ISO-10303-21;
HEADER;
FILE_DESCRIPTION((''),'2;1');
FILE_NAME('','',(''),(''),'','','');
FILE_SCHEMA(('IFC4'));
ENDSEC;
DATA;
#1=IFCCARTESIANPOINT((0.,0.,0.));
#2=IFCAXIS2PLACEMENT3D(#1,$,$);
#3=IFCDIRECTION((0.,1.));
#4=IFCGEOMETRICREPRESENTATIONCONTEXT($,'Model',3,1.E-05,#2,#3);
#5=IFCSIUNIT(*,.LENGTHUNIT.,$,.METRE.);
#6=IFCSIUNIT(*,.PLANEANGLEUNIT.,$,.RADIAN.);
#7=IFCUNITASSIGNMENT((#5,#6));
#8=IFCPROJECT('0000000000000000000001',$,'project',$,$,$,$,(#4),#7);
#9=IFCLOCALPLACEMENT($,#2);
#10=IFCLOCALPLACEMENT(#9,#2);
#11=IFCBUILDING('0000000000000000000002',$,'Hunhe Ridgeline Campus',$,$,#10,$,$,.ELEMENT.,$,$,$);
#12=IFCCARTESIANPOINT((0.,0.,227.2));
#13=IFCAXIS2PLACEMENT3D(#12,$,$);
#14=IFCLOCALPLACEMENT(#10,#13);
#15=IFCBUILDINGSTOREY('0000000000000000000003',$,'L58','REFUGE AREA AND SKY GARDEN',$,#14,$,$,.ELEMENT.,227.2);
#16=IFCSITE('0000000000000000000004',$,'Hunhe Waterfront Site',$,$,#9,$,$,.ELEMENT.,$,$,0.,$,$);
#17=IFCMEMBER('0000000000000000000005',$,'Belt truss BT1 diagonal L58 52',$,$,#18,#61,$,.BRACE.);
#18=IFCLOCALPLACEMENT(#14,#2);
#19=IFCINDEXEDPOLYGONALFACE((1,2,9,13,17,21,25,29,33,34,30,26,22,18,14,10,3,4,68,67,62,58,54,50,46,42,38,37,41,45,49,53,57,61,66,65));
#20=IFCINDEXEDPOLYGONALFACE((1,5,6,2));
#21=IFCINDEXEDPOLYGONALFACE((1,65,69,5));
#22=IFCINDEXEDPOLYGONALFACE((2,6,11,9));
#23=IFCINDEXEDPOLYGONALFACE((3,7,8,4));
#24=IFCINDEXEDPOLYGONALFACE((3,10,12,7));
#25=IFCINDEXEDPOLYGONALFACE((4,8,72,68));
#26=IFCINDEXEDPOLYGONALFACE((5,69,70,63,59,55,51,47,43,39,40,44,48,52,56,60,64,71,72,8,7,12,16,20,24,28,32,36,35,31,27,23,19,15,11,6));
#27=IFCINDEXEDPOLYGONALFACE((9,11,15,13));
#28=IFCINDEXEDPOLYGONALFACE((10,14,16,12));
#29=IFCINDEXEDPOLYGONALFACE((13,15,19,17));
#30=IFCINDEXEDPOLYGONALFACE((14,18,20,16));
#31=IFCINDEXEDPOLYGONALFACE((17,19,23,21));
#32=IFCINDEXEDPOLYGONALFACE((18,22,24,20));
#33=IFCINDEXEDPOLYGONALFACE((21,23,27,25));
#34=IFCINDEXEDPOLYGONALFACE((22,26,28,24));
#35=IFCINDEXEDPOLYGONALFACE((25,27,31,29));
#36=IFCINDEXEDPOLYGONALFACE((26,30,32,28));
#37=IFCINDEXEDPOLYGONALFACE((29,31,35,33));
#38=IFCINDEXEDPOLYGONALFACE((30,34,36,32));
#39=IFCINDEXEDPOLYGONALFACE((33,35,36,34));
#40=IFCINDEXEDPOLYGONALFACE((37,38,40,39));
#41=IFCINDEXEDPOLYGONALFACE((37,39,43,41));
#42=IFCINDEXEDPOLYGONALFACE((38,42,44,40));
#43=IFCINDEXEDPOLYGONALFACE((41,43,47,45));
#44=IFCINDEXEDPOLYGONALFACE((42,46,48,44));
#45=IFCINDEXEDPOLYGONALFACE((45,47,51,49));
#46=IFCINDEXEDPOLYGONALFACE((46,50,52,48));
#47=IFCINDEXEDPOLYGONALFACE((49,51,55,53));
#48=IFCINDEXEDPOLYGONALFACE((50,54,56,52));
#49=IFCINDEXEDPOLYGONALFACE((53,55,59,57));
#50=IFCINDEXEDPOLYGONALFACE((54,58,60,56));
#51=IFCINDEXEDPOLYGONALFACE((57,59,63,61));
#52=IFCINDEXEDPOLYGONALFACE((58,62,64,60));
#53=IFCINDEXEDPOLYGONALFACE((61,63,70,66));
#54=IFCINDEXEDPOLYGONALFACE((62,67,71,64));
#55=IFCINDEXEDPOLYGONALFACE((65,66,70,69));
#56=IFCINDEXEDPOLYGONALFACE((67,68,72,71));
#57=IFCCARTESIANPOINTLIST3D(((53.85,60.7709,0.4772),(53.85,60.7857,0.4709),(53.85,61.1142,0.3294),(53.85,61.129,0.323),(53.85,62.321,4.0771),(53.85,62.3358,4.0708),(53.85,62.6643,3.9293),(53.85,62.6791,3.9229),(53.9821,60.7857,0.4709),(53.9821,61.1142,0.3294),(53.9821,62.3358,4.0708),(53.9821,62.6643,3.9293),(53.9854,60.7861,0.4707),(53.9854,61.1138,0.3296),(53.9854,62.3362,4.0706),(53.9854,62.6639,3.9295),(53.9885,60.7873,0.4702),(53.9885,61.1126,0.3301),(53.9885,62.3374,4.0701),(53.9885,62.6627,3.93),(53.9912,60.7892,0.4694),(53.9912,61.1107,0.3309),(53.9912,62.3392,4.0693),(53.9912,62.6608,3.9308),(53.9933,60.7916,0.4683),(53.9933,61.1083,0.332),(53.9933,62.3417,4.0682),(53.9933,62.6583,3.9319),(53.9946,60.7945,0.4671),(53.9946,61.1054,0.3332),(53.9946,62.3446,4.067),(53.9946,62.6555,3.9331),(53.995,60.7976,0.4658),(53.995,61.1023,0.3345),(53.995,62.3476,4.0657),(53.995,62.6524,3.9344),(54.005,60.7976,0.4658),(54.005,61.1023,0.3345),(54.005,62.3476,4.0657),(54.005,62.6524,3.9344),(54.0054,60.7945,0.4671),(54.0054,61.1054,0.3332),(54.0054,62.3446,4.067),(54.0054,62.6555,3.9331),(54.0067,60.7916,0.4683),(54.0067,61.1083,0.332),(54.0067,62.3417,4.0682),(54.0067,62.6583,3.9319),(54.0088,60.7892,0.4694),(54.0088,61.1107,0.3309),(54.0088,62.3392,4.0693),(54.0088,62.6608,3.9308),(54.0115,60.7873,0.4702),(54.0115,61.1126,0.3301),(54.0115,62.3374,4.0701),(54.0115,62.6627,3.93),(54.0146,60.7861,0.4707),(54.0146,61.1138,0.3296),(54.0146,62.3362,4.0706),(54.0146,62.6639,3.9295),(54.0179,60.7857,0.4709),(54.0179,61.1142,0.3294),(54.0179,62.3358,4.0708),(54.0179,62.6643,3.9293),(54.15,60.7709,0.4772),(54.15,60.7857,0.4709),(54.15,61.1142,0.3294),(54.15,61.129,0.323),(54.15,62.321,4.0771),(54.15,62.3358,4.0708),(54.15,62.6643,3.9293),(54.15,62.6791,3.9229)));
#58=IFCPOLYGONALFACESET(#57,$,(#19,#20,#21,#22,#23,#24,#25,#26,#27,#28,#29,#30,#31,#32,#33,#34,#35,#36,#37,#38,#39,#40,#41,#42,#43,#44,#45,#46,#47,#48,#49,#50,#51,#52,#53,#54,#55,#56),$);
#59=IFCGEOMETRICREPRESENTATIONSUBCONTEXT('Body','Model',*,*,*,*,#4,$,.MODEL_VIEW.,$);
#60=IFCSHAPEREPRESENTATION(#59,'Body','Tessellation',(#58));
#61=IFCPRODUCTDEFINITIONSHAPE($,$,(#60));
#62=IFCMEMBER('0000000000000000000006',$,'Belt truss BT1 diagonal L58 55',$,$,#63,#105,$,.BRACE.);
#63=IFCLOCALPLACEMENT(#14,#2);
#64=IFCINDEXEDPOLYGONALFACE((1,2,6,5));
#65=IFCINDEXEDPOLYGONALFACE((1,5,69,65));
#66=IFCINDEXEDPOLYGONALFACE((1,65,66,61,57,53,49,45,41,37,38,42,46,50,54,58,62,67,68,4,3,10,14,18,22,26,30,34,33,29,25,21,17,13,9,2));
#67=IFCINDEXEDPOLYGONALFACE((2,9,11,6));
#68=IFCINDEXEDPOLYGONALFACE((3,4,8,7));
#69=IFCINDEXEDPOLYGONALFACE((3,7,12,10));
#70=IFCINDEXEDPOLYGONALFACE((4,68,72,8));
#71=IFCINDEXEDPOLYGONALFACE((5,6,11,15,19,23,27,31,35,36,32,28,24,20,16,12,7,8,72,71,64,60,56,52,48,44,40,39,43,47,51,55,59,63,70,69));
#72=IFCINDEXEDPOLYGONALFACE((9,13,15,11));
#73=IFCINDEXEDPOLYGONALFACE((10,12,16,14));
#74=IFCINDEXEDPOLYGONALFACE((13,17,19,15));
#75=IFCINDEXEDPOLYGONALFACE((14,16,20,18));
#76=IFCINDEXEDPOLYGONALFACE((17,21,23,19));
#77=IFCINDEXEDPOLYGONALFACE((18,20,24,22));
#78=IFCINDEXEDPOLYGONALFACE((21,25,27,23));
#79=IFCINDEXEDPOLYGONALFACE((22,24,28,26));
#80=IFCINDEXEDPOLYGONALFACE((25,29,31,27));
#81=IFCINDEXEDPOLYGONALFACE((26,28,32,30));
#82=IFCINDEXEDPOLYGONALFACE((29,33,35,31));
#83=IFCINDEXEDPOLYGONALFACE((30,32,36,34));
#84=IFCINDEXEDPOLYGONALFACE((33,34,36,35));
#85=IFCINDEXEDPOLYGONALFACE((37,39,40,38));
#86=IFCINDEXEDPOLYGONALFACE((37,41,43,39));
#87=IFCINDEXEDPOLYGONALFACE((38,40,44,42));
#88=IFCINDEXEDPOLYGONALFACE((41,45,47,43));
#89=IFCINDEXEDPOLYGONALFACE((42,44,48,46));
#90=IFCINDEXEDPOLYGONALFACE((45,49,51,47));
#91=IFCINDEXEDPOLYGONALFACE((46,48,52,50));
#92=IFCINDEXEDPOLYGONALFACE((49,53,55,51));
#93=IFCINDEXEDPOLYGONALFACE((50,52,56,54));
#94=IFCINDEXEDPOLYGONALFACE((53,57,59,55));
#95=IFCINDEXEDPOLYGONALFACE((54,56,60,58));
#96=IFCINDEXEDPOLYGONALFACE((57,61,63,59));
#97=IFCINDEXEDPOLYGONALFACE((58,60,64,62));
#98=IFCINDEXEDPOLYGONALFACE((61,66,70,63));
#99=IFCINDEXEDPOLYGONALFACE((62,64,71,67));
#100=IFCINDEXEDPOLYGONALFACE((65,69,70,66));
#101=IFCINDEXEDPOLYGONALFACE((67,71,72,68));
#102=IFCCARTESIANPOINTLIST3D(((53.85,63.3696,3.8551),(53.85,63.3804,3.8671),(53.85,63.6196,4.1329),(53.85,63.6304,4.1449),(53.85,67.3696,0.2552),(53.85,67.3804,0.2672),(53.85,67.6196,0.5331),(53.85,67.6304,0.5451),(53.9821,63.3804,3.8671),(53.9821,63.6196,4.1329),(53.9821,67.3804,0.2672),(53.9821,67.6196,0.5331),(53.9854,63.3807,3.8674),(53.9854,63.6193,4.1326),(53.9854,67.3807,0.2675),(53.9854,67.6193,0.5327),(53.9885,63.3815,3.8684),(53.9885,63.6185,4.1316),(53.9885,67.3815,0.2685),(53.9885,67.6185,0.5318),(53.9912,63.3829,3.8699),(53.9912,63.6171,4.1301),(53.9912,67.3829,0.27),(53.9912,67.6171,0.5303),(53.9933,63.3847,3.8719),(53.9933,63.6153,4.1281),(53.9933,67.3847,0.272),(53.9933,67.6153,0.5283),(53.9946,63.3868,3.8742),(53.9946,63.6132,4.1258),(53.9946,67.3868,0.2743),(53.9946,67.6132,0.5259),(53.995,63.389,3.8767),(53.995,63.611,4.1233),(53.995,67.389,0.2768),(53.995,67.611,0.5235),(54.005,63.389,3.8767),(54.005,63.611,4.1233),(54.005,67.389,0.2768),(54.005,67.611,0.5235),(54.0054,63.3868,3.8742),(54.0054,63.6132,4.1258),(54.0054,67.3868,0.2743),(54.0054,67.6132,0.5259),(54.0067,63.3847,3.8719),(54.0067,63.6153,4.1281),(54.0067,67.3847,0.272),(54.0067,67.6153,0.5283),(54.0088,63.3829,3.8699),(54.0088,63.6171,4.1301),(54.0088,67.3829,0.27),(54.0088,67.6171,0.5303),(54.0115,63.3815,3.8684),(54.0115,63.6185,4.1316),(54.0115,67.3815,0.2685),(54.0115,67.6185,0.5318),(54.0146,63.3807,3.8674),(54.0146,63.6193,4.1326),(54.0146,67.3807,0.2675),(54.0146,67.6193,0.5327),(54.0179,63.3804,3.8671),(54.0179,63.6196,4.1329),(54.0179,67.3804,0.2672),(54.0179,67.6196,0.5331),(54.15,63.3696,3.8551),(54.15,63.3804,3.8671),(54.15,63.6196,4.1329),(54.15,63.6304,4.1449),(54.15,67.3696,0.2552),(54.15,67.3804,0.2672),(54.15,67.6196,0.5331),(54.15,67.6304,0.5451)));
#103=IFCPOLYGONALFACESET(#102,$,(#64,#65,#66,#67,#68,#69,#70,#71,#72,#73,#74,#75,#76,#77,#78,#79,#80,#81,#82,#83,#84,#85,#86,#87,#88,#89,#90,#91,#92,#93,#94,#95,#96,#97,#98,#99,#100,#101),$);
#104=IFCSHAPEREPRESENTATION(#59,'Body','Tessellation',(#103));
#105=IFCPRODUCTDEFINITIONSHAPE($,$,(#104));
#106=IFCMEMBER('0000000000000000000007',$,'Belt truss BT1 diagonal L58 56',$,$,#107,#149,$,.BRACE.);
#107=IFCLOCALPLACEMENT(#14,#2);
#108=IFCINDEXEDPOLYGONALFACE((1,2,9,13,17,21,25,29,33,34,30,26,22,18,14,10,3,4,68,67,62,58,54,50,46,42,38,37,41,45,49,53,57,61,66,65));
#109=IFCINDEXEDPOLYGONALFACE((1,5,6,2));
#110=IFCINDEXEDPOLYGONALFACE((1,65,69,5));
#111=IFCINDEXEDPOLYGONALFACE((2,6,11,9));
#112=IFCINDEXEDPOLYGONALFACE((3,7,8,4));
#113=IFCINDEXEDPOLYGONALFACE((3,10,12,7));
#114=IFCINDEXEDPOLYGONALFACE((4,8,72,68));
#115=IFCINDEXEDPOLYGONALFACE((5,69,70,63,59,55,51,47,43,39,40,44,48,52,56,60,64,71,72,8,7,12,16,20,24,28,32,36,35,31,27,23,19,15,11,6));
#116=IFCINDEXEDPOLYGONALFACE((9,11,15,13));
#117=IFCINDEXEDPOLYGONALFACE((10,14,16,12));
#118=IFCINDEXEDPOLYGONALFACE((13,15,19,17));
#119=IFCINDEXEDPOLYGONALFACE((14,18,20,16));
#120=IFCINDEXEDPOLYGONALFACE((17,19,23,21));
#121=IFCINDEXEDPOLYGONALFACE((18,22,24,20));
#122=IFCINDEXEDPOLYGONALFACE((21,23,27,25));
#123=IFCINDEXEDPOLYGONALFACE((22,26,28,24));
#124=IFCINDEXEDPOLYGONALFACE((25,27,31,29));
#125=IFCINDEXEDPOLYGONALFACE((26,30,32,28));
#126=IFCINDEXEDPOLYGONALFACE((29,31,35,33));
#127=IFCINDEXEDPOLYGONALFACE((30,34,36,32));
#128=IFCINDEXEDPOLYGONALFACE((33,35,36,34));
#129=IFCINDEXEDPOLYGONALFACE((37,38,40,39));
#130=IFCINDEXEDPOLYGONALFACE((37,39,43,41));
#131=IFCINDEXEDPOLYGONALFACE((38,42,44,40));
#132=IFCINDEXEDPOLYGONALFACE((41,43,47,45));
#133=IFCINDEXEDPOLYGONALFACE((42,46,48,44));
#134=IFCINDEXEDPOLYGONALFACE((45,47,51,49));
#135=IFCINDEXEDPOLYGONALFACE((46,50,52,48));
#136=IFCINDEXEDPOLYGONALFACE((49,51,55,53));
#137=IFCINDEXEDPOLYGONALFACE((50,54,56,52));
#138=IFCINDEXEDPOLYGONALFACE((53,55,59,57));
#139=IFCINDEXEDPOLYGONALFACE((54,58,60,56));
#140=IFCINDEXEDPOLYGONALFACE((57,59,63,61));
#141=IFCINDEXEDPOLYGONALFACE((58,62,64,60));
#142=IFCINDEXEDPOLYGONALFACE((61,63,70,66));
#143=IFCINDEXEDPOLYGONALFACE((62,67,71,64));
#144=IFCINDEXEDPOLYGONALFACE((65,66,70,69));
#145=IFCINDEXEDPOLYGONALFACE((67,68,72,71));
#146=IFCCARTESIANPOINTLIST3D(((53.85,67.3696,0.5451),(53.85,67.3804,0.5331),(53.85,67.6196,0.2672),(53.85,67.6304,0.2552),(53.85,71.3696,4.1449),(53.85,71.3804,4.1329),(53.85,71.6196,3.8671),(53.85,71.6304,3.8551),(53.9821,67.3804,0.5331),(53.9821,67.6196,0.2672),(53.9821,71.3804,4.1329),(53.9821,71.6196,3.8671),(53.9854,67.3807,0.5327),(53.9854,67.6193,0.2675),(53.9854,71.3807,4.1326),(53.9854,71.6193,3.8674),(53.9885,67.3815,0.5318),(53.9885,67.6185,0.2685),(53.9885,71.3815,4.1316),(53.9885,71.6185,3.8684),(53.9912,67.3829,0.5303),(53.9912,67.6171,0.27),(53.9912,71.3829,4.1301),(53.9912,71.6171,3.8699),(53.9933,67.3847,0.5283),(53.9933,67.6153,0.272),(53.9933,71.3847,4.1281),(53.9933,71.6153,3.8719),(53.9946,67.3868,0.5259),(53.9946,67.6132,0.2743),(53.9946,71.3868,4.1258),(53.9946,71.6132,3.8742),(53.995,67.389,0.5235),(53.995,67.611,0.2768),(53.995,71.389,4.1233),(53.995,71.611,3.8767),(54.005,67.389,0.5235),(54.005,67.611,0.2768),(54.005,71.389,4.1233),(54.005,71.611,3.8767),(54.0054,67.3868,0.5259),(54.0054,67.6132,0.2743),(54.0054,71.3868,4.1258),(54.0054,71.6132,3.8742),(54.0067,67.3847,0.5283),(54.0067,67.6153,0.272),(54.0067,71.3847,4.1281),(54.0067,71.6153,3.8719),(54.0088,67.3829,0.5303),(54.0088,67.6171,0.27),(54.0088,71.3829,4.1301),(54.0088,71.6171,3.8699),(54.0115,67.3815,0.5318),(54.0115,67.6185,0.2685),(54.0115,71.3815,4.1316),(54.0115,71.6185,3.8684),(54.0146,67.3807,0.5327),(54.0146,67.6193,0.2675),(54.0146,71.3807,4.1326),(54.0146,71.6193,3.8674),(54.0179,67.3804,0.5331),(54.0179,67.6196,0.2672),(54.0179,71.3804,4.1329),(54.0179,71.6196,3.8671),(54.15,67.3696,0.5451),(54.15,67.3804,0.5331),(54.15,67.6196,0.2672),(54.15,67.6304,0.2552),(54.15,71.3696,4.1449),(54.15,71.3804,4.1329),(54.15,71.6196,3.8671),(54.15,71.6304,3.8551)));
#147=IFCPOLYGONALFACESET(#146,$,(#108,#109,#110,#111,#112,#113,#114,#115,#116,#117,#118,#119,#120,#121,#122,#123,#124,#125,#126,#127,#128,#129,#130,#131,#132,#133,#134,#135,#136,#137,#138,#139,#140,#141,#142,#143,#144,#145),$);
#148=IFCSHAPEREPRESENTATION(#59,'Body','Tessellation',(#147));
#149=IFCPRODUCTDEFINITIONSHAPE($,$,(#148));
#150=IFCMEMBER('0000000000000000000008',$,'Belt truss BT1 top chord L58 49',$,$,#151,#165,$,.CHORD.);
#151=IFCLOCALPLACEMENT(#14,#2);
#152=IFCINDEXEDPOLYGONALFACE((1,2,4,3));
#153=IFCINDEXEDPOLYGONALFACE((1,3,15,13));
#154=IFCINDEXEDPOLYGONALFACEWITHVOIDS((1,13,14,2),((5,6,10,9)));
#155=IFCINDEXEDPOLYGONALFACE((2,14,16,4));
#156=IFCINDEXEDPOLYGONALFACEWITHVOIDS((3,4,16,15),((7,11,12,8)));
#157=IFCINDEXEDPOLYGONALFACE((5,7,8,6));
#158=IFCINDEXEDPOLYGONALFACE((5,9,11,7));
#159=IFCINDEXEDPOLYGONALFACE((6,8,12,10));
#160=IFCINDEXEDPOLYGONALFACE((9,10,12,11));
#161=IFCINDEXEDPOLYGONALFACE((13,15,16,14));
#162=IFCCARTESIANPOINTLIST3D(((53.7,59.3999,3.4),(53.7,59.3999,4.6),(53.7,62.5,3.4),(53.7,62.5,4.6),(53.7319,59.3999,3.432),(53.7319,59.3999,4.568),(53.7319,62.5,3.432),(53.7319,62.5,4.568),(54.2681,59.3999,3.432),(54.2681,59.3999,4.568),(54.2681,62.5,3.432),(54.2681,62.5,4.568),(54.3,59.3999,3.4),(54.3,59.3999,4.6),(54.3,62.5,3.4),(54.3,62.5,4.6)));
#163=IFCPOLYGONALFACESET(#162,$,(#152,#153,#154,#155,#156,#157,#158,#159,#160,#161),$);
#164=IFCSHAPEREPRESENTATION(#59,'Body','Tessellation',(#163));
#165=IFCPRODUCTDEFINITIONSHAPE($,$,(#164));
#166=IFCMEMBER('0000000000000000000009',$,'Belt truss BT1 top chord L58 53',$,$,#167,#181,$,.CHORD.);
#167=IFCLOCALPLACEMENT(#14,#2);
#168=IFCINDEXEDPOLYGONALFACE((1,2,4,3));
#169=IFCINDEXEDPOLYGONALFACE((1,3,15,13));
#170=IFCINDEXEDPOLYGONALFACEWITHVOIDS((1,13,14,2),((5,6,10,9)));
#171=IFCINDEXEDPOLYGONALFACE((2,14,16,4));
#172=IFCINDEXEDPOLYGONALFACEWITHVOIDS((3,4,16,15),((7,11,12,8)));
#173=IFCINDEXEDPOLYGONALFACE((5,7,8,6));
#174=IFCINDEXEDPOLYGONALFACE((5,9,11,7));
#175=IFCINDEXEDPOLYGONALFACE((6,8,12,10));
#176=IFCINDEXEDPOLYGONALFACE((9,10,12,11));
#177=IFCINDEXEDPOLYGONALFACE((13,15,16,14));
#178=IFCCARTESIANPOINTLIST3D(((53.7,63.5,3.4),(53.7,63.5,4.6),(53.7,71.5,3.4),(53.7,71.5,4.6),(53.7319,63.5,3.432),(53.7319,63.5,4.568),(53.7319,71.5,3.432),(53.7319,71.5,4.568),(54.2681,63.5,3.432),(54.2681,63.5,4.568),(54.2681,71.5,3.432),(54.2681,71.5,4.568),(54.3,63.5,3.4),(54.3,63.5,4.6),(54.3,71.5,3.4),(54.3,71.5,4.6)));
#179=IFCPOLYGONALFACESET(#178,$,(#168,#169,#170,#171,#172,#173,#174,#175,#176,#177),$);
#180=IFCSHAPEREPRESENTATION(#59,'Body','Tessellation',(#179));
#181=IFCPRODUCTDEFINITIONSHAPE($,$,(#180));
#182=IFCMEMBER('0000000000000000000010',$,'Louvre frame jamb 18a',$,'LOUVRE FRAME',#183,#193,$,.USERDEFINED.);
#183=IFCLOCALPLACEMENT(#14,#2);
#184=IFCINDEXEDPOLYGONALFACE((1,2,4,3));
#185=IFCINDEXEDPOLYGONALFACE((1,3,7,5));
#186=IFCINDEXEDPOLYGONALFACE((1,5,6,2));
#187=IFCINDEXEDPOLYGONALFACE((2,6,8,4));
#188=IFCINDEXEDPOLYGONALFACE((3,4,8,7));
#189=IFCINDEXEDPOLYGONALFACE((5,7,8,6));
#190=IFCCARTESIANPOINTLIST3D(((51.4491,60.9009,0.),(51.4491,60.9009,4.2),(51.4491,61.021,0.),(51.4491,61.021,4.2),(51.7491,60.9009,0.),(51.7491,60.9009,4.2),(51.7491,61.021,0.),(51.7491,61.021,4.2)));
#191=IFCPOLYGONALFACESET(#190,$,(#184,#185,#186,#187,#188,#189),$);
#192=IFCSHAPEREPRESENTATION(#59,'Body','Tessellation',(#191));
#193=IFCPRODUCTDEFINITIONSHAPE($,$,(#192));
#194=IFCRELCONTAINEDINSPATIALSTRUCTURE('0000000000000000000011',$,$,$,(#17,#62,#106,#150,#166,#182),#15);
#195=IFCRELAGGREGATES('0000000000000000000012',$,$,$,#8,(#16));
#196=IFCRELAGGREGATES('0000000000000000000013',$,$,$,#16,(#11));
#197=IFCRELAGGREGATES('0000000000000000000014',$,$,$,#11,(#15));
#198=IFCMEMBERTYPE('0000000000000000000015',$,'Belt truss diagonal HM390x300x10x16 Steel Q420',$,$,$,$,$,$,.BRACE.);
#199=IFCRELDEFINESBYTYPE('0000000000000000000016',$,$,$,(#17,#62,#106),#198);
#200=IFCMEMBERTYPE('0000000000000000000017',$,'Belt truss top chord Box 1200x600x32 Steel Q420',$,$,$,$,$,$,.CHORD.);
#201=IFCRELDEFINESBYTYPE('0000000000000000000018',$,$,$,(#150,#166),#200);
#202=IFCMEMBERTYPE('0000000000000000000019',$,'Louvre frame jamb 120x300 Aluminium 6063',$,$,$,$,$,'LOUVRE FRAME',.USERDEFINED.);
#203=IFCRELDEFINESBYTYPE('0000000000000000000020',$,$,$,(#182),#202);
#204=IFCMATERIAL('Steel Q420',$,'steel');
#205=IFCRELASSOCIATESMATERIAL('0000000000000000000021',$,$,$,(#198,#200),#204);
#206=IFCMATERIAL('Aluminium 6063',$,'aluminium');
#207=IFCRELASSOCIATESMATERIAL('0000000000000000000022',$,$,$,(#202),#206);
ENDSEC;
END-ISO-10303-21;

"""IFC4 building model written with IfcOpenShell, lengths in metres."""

from ifc_helpers import new_model, si_unit, direction, frame, origin, origin_2d, place, context, subcontext, project, spatial, rectangle, hollow_rectangle, i_section, extrude, material, material_profile, profile_set, type_object, element, save


model = new_model("IFC4")

# Units and contexts
model_context = context("Model", 3, precision=1e-05, world=origin(), true_north=direction((0.0, 1.0)))
body_context = subcontext(model_context, "Body", "Model", "MODEL_VIEW")
ifc_project = project(units=[si_unit("LENGTHUNIT", "METRE"), si_unit("PLANEANGLEUNIT", "RADIAN")], contexts=[model_context])

# Site, building, storey
site_placement = place(None, origin())
site = spatial("IfcSite", under=ifc_project, at=site_placement, Name="Hunhe Waterfront Site", CompositionType="ELEMENT", RefElevation=0.0)
building_placement = place(site_placement, origin())
building = spatial("IfcBuilding", under=site, at=building_placement, Name="Hunhe Ridgeline Campus", CompositionType="ELEMENT")
storey_placement = place(building_placement, frame((0.0, 0.0, 227.2)))
storey = spatial("IfcBuildingStorey", under=building, at=storey_placement, Name="L58", Description="REFUGE AREA AND SKY GARDEN", CompositionType="ELEMENT", Elevation=227.2)

# Members
ifc_material_1 = material(Name="Steel Q420", Category="steel")
ifc_material_profile_1 = material_profile(ifc_material_1, i_section(OverallWidth=0.3, OverallDepth=0.3899, WebThickness=0.01, FlangeThickness=0.0161, FilletRadius=0.0129, at=origin_2d()))
ifc_profile_set_1 = profile_set([ifc_material_profile_1], Name="Steel Q420")
member_type_1 = type_object("IfcMemberType", Name="Belt truss diagonal HM390x300x10x16 Steel Q420", PredefinedType="BRACE", material=ifc_profile_set_1)
for number, where, z_axis, x_axis, name in (
    (1, (54.0, 60.95, 0.4001), (0.0, 0.395482, 0.918474), (-1.0, 0.0, 0.0), "Belt truss BT1 diagonal L58 52"),
):
    element("IfcMember", number, at=place(storey_placement, frame(where, z_axis=z_axis, x_axis=x_axis)), inside=storey, type_object=member_type_1, Name=name, PredefinedType="BRACE", context=body_context, shape_type="SweptSolid", body=[
        extrude(i_section(OverallWidth=0.3, OverallDepth=0.3899, WebThickness=0.01, FlangeThickness=0.0161, FilletRadius=0.0129, at=origin_2d()), origin(), (0.0, 0.0, 1.0), 3.9194),
    ])
for number, where, z_axis, x_axis, name in (
    (2, (54.0, 63.5, 4.0), (0.0, 0.743308, -0.66895), (-1.0, 0.0, 0.0), "Belt truss BT1 diagonal L58 55"),
    (3, (54.0, 67.5, 0.4001), (0.0, 0.743308, 0.66895), (-1.0, 0.0, 0.0), "Belt truss BT1 diagonal L58 56"),
):
    element("IfcMember", number, at=place(storey_placement, frame(where, z_axis=z_axis, x_axis=x_axis)), inside=storey, type_object=member_type_1, Name=name, PredefinedType="BRACE", context=body_context, shape_type="SweptSolid", body=[
        extrude(i_section(OverallWidth=0.3, OverallDepth=0.3899, WebThickness=0.01, FlangeThickness=0.0161, FilletRadius=0.0129, at=origin_2d()), origin(), (0.0, 0.0, 1.0), 5.3813),
    ])
ifc_material_profile_2 = material_profile(ifc_material_1, hollow_rectangle(XDim=0.6001, YDim=1.2, WallThickness=0.032, at=origin_2d()))
ifc_profile_set_2 = profile_set([ifc_material_profile_2], Name="Steel Q420")
member_type_2 = type_object("IfcMemberType", Name="Belt truss top chord Box 1200x600x32 Steel Q420", PredefinedType="CHORD", material=ifc_profile_set_2)
member_1_placement = place(storey_placement, frame((54.0, 59.3999, 4.0), z_axis=(0.0, 1.0, 0.0), x_axis=(-1.0, 0.0, 0.0)))
element("IfcMember", 4, at=member_1_placement, inside=storey, type_object=member_type_2, Name="Belt truss BT1 top chord L58 49", PredefinedType="CHORD", context=body_context, shape_type="SweptSolid", body=[
    extrude(hollow_rectangle(XDim=0.6001, YDim=1.2, WallThickness=0.032, at=origin_2d()), origin(), (0.0, 0.0, 1.0), 3.1001),
])
member_2_placement = place(storey_placement, frame((54.0, 63.5, 4.0), z_axis=(0.0, 1.0, 0.0), x_axis=(-1.0, 0.0, 0.0)))
element("IfcMember", 5, at=member_2_placement, inside=storey, type_object=member_type_2, Name="Belt truss BT1 top chord L58 53", PredefinedType="CHORD", context=body_context, shape_type="SweptSolid", body=[
    extrude(hollow_rectangle(XDim=0.6001, YDim=1.2, WallThickness=0.032, at=origin_2d()), origin(), (0.0, 0.0, 1.0), 8.0),
])
ifc_material_2 = material(Name="Aluminium 6063", Category="aluminium")
ifc_material_profile_3 = material_profile(ifc_material_2, rectangle(XDim=0.3, YDim=0.1201, at=origin_2d()))
ifc_profile_set_3 = profile_set([ifc_material_profile_3], Name="Aluminium 6063")
member_type_3 = type_object("IfcMemberType", Name="Louvre frame jamb 120x300 Aluminium 6063", ElementType="LOUVRE FRAME", PredefinedType="USERDEFINED", material=ifc_profile_set_3)
for number, where, z_axis, x_axis, name in (
    (6, (51.5991, 60.9609, 0.0), (0.0, 0.0, 1.0), (-1.0, 0.0, 0.0), "Louvre frame jamb 18a"),
):
    element("IfcMember", number, at=place(storey_placement, frame(where, z_axis=z_axis, x_axis=x_axis)), inside=storey, type_object=member_type_3, Name=name, ObjectType="LOUVRE FRAME", PredefinedType="USERDEFINED", context=body_context, shape_type="SweptSolid", body=[
        extrude(rectangle(XDim=0.3, YDim=0.1201, at=origin_2d()), origin(), (0.0, 0.0, 1.0), 4.2),
    ])

save(model, "model.ifc")
